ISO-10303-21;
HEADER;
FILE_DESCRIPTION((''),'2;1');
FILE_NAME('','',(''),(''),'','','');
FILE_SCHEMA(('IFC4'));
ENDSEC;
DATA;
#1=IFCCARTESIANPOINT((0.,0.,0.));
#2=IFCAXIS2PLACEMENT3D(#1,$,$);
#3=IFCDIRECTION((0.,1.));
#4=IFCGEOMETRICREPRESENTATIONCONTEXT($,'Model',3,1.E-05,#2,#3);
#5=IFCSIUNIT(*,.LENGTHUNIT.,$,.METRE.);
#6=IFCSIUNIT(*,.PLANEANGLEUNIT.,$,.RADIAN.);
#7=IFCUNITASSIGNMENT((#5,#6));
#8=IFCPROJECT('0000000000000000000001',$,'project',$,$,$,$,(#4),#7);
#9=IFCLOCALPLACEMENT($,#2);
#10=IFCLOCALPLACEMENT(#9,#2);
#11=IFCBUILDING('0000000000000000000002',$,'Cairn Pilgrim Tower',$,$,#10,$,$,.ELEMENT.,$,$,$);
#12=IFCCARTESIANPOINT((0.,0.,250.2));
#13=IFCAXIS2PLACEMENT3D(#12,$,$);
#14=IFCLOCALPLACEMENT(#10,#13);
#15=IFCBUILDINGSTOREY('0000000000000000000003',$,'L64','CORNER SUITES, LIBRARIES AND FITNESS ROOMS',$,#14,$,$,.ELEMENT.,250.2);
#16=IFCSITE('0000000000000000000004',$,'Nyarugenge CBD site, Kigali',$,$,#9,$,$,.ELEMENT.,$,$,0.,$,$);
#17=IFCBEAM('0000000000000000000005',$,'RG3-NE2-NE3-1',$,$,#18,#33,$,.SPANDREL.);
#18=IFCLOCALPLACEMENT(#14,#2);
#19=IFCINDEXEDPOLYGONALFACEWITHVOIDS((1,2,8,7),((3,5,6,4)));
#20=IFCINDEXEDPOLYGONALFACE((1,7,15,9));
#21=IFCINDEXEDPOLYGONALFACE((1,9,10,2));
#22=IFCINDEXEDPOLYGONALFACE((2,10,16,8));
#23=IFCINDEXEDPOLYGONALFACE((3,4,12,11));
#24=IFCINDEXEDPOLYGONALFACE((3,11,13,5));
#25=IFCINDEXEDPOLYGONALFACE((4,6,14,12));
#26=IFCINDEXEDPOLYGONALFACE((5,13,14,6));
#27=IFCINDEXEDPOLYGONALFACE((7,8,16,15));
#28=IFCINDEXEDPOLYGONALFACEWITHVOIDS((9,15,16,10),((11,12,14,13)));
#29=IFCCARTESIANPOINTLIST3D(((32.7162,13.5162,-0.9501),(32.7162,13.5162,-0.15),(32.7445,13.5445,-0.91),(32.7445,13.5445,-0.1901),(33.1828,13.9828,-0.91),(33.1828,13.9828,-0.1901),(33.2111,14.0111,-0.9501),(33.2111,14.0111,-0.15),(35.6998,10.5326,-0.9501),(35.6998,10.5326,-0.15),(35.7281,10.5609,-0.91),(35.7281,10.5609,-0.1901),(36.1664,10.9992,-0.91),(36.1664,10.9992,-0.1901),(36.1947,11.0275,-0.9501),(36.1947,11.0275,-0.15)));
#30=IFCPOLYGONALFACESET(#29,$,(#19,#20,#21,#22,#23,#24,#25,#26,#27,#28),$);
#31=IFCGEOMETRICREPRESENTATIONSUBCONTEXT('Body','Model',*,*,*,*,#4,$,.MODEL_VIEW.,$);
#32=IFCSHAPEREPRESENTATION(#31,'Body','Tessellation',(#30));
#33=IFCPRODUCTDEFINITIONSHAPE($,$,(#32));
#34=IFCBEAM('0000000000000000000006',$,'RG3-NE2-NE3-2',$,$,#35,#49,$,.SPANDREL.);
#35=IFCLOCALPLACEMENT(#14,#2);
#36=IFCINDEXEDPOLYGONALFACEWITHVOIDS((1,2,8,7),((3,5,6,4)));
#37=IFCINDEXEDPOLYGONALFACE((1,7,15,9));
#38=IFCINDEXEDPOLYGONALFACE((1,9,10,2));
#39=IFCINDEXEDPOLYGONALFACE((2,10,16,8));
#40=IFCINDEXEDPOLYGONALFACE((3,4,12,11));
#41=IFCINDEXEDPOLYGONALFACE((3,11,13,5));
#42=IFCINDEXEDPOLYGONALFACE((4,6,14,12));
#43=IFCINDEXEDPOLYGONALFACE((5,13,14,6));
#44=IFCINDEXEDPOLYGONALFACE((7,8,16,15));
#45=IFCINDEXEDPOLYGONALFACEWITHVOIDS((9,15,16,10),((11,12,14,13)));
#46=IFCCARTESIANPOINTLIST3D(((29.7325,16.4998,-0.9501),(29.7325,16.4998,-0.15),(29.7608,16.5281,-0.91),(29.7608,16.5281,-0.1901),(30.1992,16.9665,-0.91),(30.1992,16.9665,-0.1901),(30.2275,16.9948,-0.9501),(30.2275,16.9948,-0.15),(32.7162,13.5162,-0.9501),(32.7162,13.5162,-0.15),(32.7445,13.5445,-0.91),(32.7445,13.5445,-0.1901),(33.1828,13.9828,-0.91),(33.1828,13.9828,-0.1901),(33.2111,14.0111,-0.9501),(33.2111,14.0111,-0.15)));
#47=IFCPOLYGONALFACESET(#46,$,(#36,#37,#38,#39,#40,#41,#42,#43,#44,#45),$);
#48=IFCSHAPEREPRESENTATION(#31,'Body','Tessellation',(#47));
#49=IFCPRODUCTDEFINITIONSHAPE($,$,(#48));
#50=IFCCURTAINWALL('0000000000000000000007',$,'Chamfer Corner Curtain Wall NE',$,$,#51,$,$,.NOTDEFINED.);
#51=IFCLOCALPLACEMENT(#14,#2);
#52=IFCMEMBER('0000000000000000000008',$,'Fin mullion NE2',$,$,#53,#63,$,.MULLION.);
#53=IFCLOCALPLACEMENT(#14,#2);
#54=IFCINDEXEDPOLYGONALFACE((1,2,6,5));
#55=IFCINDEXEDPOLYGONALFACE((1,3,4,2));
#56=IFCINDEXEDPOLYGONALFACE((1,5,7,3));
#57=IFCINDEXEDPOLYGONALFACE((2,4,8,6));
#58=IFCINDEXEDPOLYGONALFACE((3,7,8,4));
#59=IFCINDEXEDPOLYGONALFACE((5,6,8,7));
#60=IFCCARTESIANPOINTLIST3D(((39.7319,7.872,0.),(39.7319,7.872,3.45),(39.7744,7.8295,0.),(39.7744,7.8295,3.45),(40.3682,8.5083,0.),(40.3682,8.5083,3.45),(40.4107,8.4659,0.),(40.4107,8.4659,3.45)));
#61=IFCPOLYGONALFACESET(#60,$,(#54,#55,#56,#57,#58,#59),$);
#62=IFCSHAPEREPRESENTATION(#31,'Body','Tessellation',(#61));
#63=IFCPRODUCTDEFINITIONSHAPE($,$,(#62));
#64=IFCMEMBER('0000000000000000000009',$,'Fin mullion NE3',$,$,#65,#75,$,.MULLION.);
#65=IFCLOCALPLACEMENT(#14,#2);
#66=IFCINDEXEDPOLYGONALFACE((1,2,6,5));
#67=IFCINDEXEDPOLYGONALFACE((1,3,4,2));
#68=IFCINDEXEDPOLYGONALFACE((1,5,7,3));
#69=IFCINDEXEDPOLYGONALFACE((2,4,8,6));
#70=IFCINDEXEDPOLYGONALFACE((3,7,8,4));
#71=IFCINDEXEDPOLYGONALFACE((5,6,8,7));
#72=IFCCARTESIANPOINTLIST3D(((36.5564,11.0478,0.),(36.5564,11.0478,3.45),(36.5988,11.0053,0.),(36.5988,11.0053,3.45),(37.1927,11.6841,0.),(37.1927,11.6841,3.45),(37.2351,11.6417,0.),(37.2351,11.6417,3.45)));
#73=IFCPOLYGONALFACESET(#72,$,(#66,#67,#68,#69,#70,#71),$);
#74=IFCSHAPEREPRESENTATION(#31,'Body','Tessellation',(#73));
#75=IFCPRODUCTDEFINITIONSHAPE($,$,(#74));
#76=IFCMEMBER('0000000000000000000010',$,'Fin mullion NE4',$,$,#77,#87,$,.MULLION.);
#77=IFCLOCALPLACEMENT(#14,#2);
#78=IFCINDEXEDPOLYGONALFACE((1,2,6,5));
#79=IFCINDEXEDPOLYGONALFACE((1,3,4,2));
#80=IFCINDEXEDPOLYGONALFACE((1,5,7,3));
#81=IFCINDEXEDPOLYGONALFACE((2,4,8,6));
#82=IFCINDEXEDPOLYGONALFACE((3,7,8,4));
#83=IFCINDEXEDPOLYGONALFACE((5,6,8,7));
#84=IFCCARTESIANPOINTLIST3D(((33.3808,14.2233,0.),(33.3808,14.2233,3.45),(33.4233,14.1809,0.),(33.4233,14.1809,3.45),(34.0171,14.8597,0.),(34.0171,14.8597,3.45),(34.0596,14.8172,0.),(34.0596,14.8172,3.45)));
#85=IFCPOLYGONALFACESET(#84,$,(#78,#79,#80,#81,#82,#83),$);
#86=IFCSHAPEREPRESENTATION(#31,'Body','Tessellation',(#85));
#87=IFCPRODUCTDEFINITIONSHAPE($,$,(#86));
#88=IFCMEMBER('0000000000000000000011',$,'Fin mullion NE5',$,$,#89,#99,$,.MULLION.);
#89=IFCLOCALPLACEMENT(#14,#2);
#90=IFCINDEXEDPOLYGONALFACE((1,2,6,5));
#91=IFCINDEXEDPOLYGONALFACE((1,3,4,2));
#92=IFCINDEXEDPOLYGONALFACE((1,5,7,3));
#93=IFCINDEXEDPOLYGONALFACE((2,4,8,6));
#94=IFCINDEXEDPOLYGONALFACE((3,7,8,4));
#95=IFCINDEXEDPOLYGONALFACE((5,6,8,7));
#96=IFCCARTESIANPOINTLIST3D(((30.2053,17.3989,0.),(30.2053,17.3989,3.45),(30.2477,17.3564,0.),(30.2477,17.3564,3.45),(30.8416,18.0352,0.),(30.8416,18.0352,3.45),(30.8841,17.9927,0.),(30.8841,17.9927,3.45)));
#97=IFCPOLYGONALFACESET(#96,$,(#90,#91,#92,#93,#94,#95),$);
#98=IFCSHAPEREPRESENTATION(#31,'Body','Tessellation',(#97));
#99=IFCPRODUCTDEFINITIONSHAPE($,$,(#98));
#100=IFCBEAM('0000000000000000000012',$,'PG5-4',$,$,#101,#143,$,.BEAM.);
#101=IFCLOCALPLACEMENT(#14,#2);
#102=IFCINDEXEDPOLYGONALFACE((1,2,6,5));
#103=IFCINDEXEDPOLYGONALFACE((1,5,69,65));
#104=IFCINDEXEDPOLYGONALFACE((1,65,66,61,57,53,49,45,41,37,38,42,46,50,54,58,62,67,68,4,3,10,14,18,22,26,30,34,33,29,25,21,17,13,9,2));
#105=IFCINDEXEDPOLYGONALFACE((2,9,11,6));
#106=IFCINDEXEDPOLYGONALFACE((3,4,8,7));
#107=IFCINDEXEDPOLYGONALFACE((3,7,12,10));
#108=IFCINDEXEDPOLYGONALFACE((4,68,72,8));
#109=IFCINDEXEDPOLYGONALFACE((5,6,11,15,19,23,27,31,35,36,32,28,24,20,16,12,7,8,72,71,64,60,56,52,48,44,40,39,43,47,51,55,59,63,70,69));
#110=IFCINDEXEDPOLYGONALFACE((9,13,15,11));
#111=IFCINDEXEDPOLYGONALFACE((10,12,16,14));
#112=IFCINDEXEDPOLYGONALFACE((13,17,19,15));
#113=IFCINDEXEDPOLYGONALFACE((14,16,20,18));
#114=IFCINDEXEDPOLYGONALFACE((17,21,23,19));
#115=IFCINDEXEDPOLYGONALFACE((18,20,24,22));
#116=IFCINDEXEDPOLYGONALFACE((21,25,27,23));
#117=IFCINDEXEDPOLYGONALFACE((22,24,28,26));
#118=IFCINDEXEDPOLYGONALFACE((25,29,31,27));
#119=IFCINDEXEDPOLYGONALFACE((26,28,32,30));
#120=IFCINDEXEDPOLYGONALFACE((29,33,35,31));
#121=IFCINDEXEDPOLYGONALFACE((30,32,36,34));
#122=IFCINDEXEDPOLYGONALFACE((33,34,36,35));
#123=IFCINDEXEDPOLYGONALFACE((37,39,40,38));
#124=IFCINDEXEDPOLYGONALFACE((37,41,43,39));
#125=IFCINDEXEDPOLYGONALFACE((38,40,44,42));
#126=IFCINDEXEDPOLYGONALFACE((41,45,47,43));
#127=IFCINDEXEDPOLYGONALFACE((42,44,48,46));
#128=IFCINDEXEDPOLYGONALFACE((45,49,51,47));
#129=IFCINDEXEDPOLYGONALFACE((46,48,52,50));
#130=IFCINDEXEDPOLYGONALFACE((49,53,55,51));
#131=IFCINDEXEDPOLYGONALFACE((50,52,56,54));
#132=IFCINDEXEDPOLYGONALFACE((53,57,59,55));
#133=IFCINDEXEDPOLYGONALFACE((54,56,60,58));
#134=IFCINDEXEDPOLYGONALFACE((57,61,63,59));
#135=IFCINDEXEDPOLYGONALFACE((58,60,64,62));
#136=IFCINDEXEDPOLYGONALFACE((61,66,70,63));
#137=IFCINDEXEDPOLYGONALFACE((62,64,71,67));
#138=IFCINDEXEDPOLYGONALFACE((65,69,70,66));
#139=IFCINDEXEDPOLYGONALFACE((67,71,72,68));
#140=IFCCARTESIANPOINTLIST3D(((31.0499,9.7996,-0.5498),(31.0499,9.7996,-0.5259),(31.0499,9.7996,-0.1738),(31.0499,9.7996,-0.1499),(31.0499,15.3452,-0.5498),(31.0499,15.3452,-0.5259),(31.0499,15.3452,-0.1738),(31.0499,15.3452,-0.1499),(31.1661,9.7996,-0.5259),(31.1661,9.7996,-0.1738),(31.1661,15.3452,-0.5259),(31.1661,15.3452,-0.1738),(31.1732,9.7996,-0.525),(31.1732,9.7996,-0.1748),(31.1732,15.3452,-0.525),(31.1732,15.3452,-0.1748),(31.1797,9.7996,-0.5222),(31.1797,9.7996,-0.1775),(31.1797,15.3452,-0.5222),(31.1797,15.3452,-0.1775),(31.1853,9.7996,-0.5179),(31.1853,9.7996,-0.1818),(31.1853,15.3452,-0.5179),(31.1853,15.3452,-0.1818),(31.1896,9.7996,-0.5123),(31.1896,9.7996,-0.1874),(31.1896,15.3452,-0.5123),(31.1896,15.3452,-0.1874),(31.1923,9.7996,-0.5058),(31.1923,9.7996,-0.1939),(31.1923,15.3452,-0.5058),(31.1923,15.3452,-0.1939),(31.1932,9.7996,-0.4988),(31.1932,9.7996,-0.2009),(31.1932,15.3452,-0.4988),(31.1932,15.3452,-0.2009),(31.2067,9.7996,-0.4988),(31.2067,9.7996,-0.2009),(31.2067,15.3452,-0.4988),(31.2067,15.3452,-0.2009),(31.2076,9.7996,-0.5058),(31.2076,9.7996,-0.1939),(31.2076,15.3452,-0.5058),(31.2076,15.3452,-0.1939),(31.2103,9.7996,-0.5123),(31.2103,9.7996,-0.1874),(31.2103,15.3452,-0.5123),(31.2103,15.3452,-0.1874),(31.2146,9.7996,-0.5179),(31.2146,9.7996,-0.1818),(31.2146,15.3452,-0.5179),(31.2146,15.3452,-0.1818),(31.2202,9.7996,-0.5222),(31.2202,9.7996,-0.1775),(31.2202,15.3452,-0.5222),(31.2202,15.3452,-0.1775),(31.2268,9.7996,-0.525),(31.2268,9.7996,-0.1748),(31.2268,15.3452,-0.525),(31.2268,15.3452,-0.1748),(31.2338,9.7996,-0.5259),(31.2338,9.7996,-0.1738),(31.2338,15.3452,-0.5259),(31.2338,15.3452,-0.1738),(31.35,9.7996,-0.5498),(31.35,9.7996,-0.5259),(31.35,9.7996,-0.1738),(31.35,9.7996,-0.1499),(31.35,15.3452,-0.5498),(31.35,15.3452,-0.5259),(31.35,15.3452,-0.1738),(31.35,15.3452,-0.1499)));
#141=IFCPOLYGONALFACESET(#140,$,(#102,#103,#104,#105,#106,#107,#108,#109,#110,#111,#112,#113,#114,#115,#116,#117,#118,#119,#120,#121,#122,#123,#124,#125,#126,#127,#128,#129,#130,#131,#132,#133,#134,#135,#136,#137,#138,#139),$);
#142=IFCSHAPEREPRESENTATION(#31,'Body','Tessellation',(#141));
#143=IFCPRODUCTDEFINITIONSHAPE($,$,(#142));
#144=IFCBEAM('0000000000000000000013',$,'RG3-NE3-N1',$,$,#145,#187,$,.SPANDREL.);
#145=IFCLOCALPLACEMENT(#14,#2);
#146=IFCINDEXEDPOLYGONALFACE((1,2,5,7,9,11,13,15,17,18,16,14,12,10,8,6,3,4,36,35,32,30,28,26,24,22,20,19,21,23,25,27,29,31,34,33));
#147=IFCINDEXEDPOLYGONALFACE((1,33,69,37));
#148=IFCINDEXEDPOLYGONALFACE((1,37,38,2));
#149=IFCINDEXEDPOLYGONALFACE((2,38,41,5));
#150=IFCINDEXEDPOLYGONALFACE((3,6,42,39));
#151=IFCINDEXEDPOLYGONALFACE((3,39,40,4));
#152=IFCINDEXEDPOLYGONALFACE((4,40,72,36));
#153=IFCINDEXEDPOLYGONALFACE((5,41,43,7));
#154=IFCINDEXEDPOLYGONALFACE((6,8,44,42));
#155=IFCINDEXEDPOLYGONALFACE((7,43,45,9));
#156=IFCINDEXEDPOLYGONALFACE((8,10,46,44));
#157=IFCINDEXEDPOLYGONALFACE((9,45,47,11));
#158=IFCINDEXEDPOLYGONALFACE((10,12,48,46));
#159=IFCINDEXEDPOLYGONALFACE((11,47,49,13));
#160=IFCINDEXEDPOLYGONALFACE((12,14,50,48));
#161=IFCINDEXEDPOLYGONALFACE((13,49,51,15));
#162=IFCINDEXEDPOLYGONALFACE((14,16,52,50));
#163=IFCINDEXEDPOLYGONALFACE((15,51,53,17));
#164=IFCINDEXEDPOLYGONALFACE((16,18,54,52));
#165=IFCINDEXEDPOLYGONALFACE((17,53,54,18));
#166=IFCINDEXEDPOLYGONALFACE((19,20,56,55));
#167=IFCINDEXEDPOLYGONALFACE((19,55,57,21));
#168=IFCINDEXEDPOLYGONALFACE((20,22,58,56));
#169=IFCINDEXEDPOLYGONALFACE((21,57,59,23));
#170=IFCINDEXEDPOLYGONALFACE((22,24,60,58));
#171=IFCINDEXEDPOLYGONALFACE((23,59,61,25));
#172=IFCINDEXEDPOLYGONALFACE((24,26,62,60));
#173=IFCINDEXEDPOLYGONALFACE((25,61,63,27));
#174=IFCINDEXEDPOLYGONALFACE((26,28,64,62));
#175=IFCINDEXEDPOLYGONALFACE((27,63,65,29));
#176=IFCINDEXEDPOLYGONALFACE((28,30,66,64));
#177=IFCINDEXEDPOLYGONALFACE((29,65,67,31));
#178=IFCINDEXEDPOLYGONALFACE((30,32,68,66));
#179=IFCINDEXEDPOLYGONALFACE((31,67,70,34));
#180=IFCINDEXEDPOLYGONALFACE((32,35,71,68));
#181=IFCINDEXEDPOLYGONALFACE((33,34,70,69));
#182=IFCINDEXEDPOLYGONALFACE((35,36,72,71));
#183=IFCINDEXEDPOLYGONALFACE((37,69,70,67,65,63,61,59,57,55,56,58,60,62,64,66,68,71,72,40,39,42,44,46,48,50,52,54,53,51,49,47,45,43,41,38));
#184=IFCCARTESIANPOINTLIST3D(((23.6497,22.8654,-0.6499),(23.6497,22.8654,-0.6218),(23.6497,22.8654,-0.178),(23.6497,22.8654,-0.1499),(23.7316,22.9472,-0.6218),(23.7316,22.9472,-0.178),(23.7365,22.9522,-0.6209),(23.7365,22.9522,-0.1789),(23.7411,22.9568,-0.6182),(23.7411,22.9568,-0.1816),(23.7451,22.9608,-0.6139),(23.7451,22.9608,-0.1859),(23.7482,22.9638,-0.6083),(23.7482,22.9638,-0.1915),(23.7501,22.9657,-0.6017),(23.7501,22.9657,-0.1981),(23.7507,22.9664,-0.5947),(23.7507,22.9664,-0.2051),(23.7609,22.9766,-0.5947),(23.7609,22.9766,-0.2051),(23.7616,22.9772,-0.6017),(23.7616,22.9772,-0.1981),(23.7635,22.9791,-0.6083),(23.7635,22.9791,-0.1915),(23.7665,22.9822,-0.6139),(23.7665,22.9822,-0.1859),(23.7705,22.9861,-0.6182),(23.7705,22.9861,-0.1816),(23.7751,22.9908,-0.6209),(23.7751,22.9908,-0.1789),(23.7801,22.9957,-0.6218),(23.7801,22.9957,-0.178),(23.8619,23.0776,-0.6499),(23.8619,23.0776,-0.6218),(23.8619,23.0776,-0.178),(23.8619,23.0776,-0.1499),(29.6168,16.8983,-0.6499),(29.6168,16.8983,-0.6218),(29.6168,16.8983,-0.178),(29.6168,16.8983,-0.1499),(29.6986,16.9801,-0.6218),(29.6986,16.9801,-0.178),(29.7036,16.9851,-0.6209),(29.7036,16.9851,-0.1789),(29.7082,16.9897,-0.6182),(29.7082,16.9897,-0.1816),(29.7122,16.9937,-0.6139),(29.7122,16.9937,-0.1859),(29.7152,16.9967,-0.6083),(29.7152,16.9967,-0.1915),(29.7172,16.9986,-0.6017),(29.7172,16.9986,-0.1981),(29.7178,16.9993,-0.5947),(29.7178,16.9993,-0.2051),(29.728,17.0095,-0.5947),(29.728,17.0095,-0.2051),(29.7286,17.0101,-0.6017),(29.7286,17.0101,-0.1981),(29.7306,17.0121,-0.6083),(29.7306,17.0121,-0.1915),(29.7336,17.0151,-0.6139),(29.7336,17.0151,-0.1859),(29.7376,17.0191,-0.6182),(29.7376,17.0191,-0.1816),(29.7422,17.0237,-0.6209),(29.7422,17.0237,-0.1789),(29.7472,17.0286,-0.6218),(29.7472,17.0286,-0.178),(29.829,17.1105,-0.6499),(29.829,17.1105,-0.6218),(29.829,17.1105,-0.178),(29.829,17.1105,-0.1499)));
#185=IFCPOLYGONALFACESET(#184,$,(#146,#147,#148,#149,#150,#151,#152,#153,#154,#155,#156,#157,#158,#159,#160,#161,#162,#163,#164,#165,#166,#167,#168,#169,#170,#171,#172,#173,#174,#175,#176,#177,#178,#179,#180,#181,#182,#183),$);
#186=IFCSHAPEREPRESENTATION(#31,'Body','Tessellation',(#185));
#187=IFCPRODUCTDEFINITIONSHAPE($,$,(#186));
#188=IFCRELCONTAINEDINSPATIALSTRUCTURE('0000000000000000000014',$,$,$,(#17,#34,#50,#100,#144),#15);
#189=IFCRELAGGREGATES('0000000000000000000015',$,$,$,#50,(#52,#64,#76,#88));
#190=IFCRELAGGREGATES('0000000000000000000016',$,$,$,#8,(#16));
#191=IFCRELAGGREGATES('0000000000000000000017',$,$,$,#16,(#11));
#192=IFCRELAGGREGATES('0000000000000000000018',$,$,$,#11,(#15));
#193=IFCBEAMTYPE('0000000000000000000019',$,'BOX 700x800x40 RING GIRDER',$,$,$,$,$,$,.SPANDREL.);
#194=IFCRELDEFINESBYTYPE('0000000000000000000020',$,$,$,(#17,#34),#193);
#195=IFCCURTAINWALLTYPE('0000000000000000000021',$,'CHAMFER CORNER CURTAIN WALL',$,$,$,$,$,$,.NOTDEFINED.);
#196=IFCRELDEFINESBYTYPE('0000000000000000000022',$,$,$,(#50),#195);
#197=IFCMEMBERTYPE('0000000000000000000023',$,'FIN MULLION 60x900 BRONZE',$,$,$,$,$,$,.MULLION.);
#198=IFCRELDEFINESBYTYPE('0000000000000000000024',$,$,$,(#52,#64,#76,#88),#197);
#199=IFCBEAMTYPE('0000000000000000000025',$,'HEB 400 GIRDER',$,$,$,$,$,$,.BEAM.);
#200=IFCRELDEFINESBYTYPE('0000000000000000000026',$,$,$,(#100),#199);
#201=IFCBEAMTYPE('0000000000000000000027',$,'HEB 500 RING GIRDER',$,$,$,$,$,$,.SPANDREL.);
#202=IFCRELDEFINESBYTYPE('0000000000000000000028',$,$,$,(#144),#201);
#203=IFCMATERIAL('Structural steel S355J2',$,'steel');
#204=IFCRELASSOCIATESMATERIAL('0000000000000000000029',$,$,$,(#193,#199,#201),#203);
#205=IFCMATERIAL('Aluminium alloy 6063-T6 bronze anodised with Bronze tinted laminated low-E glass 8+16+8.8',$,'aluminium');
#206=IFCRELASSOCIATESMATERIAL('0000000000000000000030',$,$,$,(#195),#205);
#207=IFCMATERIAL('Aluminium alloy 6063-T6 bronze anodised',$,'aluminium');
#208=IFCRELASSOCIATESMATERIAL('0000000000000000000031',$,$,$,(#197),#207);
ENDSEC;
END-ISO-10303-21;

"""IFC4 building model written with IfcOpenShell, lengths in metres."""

from ifc_helpers import new_model, si_unit, direction, frame, origin, origin_2d, place, context, subcontext, project, spatial, rectangle, hollow_rectangle, i_section, extrude, material, material_profile, profile_set, type_object, element, aggregate, save


model = new_model("IFC4")

# Units and contexts
model_context = context("Model", 3, precision=1e-05, world=origin(), true_north=direction((0.0, 1.0)))
body_context = subcontext(model_context, "Body", "Model", "MODEL_VIEW")
ifc_project = project(units=[si_unit("LENGTHUNIT", "METRE"), si_unit("PLANEANGLEUNIT", "RADIAN")], contexts=[model_context])

# Site, building, storey
site_placement = place(None, origin())
site = spatial("IfcSite", under=ifc_project, at=site_placement, Name="Nyarugenge CBD site, Kigali", CompositionType="ELEMENT", RefElevation=0.0)
building_placement = place(site_placement, origin())
building = spatial("IfcBuilding", under=site, at=building_placement, Name="Cairn Pilgrim Tower", CompositionType="ELEMENT")
storey_placement = place(building_placement, frame((0.0, 0.0, 250.2)))
storey = spatial("IfcBuildingStorey", under=building, at=storey_placement, Name="L64", Description="CORNER SUITES, LIBRARIES AND FITNESS ROOMS", CompositionType="ELEMENT", Elevation=250.2)

# Shared definitions
ifc_material_1 = material(Name="Structural steel S355J2", Category="steel")

# Beams
ifc_material_profile_1 = material_profile(ifc_material_1, hollow_rectangle(XDim=0.7, YDim=0.8, WallThickness=0.04, at=origin_2d()), Name="BOX 700x800x40")
ifc_profile_set_1 = profile_set([ifc_material_profile_1], Name="Structural steel S355J2")
beam_type_1 = type_object("IfcBeamType", Name="BOX 700x800x40 RING GIRDER", PredefinedType="SPANDREL", material=ifc_profile_set_1)
for number, where, z_axis, x_axis, name in (
    (1, (35.9473, 10.78, -0.55), (-0.707107, 0.707107, 0.0), (-0.707107, -0.707107, 0.0), "RG3-NE2-NE3-1"),
    (2, (32.9636, 13.7637, -0.55), (-0.707107, 0.707107, 0.0), (-0.707107, -0.707107, 0.0), "RG3-NE2-NE3-2"),
):
    element("IfcBeam", number, at=place(storey_placement, frame(where, z_axis=z_axis, x_axis=x_axis)), inside=storey, type_object=beam_type_1, Name=name, PredefinedType="SPANDREL", context=body_context, shape_type="SweptSolid", body=[
        extrude(hollow_rectangle(XDim=0.7, YDim=0.8, WallThickness=0.04, at=origin_2d()), origin(), (0.0, 0.0, 1.0), 4.2195),
    ])

# Curtain wall, members
ifc_material_2 = material(Name="Aluminium alloy 6063-T6 bronze anodised with Bronze tinted laminated low-E glass 8+16+8.8", Category="aluminium")
curtain_wall_type = type_object("IfcCurtainWallType", Name="CHAMFER CORNER CURTAIN WALL", PredefinedType="NOTDEFINED", material=ifc_material_2)
curtain_wall_placement = place(storey_placement, origin())
curtain_wall = element("IfcCurtainWall", 3, at=curtain_wall_placement, inside=storey, type_object=curtain_wall_type, Name="Chamfer Corner Curtain Wall NE", PredefinedType="NOTDEFINED")
ifc_material_3 = material(Name="Aluminium alloy 6063-T6 bronze anodised", Category="aluminium")
ifc_material_profile_2 = material_profile(ifc_material_3, rectangle(XDim=0.8999, YDim=0.0601, at=origin_2d()), Name="FIN MULLION 60x900 BRONZE")
ifc_profile_set_2 = profile_set([ifc_material_profile_2], Name="Aluminium alloy 6063-T6 bronze anodised")
member_type_1 = type_object("IfcMemberType", Name="FIN MULLION 60x900 BRONZE", PredefinedType="MULLION", material=ifc_profile_set_2)
member_1_placement = place(storey_placement, frame((40.0713, 8.1689, 0.0), z_axis=(0.0, 0.0, 1.0), x_axis=(0.707107, 0.707107, 0.0)))
member_1 = element("IfcMember", 4, at=member_1_placement, type_object=member_type_1, Name="Fin mullion NE2", PredefinedType="MULLION", context=body_context, shape_type="SweptSolid", body=[
    extrude(rectangle(XDim=0.8999, YDim=0.0601, at=origin_2d()), origin(), (0.0, 0.0, 1.0), 3.45),
])
member_2_placement = place(storey_placement, frame((36.8958, 11.3447, 0.0), z_axis=(0.0, 0.0, 1.0), x_axis=(0.707107, 0.707107, 0.0)))
member_2 = element("IfcMember", 5, at=member_2_placement, type_object=member_type_1, Name="Fin mullion NE3", PredefinedType="MULLION", context=body_context, shape_type="SweptSolid", body=[
    extrude(rectangle(XDim=0.8999, YDim=0.0601, at=origin_2d()), origin(), (0.0, 0.0, 1.0), 3.45),
])
member_3_placement = place(storey_placement, frame((33.7202, 14.5203, 0.0), z_axis=(0.0, 0.0, 1.0), x_axis=(0.707107, 0.707107, 0.0)))
member_3 = element("IfcMember", 6, at=member_3_placement, type_object=member_type_1, Name="Fin mullion NE4", PredefinedType="MULLION", context=body_context, shape_type="SweptSolid", body=[
    extrude(rectangle(XDim=0.8999, YDim=0.0601, at=origin_2d()), origin(), (0.0, 0.0, 1.0), 3.45),
])
member_4_placement = place(storey_placement, frame((30.5447, 17.6958, 0.0), z_axis=(0.0, 0.0, 1.0), x_axis=(0.707107, 0.707107, 0.0)))
member_4 = element("IfcMember", 7, at=member_4_placement, type_object=member_type_1, Name="Fin mullion NE5", PredefinedType="MULLION", context=body_context, shape_type="SweptSolid", body=[
    extrude(rectangle(XDim=0.8999, YDim=0.0601, at=origin_2d()), origin(), (0.0, 0.0, 1.0), 3.45),
])

# Beams
ifc_material_profile_3 = material_profile(ifc_material_1, i_section(OverallWidth=0.3, OverallDepth=0.3999, WebThickness=0.0134, FlangeThickness=0.0239, FilletRadius=0.0271, at=origin_2d()), Name="HEB 400")
ifc_profile_set_3 = profile_set([ifc_material_profile_3], Name="Structural steel S355J2")
beam_type_2 = type_object("IfcBeamType", Name="HEB 400 GIRDER", PredefinedType="BEAM", material=ifc_profile_set_3)
beam_1_placement = place(storey_placement, frame((31.2, 9.7996, -0.3499), z_axis=(0.0, 1.0, 0.0), x_axis=(-1.0, 0.0, 0.0)))
element("IfcBeam", 8, at=beam_1_placement, inside=storey, type_object=beam_type_2, Name="PG5-4", PredefinedType="BEAM", context=body_context, shape_type="SweptSolid", body=[
    extrude(i_section(OverallWidth=0.3, OverallDepth=0.3999, WebThickness=0.0134, FlangeThickness=0.0239, FilletRadius=0.0271, at=origin_2d()), origin(), (0.0, 0.0, 1.0), 5.5457),
])
ifc_material_profile_4 = material_profile(ifc_material_1, i_section(OverallWidth=0.3, OverallDepth=0.5, WebThickness=0.0144, FlangeThickness=0.0281, FilletRadius=0.0271, at=origin_2d()), Name="HEB 500")
ifc_profile_set_4 = profile_set([ifc_material_profile_4], Name="Structural steel S355J2")
beam_type_3 = type_object("IfcBeamType", Name="HEB 500 RING GIRDER", PredefinedType="SPANDREL", material=ifc_profile_set_4)
beam_2_placement = place(storey_placement, frame((29.7229, 17.0044, -0.3999), z_axis=(-0.707107, 0.707107, 0.0), x_axis=(-0.707107, -0.707107, 0.0)))
element("IfcBeam", 9, at=beam_2_placement, inside=storey, type_object=beam_type_3, Name="RG3-NE3-N1", PredefinedType="SPANDREL", context=body_context, shape_type="SweptSolid", body=[
    extrude(i_section(OverallWidth=0.3, OverallDepth=0.5, WebThickness=0.0144, FlangeThickness=0.0281, FilletRadius=0.0271, at=origin_2d()), origin(), (0.0, 0.0, 1.0), 8.4387),
])

aggregate(curtain_wall, [member_1, member_2, member_3, member_4])

save(model, "model.ifc")
